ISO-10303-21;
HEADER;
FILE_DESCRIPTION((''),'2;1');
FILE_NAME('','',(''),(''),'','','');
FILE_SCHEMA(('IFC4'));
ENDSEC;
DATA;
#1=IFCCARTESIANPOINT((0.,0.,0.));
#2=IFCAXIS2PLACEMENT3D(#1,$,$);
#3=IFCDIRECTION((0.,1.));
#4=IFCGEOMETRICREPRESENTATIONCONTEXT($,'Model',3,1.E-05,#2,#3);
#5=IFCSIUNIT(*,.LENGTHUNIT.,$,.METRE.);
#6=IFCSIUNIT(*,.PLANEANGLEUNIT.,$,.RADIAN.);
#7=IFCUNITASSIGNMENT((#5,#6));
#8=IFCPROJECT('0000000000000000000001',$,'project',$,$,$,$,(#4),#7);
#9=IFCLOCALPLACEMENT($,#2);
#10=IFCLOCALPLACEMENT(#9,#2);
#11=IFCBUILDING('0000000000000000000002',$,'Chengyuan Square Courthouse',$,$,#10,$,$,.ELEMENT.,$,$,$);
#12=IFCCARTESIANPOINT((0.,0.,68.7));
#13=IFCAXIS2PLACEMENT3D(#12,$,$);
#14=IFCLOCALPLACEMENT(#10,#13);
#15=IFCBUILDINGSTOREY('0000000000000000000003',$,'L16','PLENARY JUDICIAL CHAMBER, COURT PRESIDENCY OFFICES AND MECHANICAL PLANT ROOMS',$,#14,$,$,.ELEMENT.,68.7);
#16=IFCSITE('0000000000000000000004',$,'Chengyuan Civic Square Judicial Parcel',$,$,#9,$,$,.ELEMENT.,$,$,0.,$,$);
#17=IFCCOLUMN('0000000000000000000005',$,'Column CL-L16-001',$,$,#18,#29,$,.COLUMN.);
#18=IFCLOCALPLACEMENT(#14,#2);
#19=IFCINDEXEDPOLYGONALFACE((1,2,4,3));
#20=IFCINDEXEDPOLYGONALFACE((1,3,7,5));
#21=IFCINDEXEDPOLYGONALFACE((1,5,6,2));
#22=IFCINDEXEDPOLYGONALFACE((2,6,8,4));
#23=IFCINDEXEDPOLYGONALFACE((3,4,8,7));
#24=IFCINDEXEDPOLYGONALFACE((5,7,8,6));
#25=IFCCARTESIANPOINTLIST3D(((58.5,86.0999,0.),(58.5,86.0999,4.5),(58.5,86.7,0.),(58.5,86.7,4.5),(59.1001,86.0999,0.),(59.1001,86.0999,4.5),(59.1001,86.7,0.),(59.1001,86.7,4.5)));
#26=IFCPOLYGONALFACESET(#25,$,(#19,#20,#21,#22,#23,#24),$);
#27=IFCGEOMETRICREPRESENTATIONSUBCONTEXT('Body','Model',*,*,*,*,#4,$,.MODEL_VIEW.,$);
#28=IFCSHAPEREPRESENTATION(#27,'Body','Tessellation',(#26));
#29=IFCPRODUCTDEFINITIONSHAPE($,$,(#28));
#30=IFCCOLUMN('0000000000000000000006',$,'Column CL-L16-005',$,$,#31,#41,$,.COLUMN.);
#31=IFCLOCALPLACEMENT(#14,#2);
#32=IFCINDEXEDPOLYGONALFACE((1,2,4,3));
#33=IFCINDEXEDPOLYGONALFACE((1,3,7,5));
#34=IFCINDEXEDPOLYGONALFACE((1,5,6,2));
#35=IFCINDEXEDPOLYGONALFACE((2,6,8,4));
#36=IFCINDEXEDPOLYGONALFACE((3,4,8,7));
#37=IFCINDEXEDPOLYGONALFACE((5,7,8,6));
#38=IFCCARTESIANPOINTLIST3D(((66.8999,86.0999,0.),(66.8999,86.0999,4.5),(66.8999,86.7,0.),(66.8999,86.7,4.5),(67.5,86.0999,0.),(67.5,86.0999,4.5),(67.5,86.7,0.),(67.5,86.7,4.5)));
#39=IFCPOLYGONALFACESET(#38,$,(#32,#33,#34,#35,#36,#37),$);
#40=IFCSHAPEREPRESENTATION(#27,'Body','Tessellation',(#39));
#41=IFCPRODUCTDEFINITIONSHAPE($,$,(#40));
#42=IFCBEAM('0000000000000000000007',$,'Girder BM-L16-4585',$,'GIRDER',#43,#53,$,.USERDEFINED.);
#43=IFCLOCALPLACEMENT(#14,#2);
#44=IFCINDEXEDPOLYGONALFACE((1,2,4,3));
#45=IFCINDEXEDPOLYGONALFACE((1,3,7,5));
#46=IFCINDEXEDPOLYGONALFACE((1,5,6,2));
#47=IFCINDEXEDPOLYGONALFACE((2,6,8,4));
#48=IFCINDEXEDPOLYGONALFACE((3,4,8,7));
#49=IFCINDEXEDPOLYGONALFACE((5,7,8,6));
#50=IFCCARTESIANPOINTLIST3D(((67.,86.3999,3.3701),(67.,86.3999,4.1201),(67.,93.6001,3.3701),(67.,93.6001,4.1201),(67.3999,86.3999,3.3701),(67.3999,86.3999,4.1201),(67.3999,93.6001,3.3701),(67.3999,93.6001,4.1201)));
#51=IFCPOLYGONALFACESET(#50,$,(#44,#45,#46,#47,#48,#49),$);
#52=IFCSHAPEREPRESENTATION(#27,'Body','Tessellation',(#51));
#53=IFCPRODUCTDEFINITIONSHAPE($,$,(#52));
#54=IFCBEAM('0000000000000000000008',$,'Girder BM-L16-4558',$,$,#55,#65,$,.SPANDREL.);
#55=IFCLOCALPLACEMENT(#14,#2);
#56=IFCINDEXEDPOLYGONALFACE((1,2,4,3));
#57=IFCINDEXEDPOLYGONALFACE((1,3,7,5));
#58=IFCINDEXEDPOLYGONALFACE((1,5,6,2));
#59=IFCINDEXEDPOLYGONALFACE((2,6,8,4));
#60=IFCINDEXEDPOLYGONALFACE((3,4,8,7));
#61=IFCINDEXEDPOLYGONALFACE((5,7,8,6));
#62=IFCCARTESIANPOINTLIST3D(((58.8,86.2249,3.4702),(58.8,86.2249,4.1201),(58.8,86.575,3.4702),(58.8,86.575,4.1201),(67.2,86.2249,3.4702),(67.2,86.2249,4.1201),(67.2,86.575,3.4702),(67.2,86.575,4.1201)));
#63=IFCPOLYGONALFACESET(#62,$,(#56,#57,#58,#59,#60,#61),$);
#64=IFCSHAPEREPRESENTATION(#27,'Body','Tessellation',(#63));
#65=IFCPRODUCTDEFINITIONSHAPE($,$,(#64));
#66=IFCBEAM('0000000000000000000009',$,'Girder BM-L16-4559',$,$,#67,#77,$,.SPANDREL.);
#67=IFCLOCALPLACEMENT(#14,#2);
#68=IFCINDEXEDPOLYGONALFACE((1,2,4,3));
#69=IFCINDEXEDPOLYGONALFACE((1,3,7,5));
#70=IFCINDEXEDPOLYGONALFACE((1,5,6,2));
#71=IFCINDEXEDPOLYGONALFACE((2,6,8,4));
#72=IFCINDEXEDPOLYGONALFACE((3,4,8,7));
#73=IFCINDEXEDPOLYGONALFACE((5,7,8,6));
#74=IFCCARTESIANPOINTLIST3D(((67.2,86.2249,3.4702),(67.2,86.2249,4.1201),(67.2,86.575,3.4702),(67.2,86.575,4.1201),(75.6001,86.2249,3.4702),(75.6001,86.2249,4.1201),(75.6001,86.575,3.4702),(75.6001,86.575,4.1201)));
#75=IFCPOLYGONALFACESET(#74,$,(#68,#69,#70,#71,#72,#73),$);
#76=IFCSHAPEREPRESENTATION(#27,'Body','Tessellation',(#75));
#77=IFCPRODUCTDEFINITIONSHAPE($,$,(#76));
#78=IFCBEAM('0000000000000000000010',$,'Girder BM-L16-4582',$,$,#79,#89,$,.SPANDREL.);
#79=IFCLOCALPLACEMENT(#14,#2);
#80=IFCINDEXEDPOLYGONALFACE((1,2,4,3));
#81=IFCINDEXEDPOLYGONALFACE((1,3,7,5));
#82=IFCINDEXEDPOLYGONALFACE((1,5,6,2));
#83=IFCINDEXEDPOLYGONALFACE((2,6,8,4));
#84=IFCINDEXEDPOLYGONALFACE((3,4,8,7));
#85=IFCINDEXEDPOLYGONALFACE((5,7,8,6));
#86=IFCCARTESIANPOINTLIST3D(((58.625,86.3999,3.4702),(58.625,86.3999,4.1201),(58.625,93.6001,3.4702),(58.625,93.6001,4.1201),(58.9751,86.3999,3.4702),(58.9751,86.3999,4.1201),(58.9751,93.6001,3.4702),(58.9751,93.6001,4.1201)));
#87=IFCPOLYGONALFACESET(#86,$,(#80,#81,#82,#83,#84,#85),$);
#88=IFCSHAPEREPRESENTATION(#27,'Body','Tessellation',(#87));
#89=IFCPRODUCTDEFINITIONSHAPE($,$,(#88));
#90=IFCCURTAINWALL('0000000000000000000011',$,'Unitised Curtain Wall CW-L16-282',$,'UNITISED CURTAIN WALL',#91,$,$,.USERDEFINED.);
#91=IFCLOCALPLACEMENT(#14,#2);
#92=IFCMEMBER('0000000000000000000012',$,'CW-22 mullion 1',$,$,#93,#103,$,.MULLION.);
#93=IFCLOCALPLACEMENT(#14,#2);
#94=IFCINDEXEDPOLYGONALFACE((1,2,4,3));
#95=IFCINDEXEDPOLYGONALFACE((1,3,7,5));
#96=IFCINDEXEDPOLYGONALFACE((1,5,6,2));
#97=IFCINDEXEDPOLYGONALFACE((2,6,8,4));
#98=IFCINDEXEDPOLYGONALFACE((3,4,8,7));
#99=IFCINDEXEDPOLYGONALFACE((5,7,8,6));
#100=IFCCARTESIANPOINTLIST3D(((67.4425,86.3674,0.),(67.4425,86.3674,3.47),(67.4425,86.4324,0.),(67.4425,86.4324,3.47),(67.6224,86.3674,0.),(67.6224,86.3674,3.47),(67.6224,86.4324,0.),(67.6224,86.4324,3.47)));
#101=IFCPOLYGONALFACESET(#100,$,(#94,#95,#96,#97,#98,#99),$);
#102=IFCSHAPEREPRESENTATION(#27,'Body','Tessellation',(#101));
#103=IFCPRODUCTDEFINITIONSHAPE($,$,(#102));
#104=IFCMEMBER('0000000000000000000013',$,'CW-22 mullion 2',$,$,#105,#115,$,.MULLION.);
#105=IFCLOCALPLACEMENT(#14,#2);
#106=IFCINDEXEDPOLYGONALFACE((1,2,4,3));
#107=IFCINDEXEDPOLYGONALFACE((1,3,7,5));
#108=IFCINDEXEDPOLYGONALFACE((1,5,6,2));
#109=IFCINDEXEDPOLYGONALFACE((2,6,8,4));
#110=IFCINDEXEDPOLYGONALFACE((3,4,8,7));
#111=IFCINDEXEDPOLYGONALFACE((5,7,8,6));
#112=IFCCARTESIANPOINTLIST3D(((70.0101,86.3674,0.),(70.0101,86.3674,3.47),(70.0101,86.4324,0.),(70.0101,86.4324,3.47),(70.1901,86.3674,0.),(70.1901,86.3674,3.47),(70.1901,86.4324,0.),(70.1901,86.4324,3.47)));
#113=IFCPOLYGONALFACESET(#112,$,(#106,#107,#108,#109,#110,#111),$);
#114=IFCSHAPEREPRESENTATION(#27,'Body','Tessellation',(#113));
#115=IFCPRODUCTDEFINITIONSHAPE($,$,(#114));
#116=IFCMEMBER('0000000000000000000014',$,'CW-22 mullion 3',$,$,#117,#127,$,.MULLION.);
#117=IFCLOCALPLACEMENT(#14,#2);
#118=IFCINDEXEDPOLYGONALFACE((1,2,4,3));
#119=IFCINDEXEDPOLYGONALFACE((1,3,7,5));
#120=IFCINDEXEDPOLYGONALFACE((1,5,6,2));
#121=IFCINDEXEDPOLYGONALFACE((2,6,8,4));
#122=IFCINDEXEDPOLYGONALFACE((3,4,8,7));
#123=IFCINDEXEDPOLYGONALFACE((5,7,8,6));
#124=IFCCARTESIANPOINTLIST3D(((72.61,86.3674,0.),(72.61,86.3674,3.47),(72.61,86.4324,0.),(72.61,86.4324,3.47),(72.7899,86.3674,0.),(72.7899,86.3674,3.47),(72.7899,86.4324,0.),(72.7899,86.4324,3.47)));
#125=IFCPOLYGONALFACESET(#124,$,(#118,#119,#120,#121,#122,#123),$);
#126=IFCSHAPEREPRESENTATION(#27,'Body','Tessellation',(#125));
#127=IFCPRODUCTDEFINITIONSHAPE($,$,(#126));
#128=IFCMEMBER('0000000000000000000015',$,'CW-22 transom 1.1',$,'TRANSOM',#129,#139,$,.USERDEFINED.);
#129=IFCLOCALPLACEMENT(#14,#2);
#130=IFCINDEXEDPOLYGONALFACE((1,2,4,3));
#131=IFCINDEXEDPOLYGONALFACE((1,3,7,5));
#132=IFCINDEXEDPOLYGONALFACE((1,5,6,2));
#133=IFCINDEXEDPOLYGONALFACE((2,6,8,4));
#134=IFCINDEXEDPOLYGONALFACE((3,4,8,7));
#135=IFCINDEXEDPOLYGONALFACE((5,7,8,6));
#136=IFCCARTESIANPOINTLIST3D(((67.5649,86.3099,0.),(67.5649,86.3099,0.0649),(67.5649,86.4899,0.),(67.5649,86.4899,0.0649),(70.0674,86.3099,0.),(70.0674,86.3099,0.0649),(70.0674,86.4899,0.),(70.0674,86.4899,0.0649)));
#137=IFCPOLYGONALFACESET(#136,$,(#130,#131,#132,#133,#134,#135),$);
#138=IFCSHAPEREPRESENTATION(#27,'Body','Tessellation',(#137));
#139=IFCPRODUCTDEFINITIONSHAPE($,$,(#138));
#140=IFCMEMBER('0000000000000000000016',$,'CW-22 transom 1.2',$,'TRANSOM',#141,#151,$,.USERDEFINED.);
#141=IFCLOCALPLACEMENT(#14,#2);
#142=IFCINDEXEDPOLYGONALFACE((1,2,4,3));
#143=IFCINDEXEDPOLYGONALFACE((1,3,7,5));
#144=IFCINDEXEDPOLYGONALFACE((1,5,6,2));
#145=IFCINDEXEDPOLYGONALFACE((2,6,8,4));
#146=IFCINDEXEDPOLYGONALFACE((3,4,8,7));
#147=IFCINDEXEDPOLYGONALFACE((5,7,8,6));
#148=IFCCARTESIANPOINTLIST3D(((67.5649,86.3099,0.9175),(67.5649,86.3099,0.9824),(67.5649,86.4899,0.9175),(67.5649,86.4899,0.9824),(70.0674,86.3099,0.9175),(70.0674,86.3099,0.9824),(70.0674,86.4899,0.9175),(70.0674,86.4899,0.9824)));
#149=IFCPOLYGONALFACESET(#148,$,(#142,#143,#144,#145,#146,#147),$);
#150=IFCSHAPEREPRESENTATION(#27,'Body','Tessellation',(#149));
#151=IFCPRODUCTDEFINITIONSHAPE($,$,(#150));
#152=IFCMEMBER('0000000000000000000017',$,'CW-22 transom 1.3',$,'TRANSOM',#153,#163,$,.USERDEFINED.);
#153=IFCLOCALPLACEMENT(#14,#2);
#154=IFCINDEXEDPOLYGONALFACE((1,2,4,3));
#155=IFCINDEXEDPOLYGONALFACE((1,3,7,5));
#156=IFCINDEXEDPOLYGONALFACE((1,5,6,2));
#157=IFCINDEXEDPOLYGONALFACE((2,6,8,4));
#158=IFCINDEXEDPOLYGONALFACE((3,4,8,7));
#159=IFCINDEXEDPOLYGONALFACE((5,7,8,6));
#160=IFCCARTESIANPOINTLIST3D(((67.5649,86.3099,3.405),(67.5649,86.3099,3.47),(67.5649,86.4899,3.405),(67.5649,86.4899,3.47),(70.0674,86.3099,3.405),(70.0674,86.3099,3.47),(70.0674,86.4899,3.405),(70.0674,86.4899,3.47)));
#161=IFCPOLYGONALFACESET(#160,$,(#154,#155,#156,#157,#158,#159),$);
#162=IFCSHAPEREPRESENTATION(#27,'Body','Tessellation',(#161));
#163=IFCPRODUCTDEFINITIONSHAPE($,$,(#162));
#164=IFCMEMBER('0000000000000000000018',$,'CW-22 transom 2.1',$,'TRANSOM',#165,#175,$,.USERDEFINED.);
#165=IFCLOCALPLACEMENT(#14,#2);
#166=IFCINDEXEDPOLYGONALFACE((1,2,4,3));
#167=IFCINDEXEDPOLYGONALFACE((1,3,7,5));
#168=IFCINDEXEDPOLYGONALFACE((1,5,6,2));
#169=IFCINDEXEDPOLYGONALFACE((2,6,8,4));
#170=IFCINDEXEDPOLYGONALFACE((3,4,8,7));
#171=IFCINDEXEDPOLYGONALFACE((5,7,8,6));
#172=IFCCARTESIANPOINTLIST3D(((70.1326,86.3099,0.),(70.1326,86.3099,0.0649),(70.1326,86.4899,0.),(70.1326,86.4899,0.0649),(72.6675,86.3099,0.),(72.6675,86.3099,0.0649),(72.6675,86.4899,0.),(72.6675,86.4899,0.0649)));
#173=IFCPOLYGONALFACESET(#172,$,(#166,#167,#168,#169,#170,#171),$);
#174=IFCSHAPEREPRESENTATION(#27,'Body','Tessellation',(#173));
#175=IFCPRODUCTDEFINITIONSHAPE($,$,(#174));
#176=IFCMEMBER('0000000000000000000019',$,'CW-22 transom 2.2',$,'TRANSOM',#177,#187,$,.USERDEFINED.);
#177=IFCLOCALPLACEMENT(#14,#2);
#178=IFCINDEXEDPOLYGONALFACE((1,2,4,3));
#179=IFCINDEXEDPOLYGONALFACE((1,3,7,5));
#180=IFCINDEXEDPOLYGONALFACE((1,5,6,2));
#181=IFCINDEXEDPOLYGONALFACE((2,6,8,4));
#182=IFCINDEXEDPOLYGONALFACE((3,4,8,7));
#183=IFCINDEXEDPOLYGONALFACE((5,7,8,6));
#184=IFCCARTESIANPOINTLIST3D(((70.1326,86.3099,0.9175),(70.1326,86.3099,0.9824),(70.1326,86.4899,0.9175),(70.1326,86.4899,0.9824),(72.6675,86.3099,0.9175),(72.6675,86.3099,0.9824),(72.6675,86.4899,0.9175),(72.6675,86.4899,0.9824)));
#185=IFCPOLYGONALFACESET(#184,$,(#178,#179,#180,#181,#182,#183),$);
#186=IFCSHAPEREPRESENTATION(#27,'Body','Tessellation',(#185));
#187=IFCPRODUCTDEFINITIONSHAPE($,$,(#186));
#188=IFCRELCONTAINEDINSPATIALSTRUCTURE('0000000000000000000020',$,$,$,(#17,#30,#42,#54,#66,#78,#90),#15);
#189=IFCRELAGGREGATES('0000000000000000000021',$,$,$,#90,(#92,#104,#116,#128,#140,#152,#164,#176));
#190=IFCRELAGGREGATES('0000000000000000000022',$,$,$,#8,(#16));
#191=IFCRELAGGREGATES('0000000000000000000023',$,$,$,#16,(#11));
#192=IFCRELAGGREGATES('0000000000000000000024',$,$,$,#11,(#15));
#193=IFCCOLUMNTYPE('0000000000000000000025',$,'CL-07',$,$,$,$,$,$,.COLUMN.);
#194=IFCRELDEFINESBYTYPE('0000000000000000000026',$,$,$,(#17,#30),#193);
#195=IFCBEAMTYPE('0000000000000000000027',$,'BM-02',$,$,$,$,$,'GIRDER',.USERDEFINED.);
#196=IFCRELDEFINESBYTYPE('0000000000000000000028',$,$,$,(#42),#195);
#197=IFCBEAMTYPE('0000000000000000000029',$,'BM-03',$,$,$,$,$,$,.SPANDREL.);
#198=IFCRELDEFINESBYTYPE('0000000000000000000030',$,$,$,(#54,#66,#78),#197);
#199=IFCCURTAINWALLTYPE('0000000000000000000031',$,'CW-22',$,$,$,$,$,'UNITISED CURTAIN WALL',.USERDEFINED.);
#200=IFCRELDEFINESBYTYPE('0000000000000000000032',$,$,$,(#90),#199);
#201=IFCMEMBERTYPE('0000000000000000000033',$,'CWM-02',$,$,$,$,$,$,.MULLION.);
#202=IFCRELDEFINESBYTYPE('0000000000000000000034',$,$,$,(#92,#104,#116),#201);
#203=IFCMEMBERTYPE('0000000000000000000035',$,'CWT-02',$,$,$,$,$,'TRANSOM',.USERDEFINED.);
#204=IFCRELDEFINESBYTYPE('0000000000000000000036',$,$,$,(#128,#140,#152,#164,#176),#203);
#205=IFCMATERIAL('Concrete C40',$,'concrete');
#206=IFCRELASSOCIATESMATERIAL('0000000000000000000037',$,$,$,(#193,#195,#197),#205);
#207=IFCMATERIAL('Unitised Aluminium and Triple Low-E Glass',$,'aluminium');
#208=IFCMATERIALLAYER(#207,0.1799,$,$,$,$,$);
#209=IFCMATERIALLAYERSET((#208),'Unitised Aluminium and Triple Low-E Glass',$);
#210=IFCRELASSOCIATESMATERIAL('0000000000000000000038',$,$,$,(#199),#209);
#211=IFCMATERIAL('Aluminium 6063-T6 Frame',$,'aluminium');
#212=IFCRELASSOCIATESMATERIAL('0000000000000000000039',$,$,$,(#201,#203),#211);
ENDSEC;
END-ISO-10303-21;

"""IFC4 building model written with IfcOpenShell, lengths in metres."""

from ifc_helpers import new_model, si_unit, direction, frame, origin, origin_2d, place, context, subcontext, project, spatial, rectangle, extrude, material, layer, layer_set, material_profile, profile_set, type_object, element, aggregate, save


model = new_model("IFC4")

# Units and contexts
model_context = context("Model", 3, precision=1e-05, world=origin(), true_north=direction((0.0, 1.0)))
body_context = subcontext(model_context, "Body", "Model", "MODEL_VIEW")
ifc_project = project(units=[si_unit("LENGTHUNIT", "METRE"), si_unit("PLANEANGLEUNIT", "RADIAN")], contexts=[model_context])

# Site, building, storey
site_placement = place(None, origin())
site = spatial("IfcSite", under=ifc_project, at=site_placement, Name="Chengyuan Civic Square Judicial Parcel", CompositionType="ELEMENT", RefElevation=0.0)
building_placement = place(site_placement, origin())
building = spatial("IfcBuilding", under=site, at=building_placement, Name="Chengyuan Square Courthouse", CompositionType="ELEMENT")
storey_placement = place(building_placement, frame((0.0, 0.0, 68.7)))
storey = spatial("IfcBuildingStorey", under=building, at=storey_placement, Name="L16", Description="PLENARY JUDICIAL CHAMBER, COURT PRESIDENCY OFFICES AND MECHANICAL PLANT ROOMS", CompositionType="ELEMENT", Elevation=68.7)

# Columns
ifc_material_1 = material(Name="Concrete C40", Category="concrete")
ifc_material_profile_1 = material_profile(ifc_material_1, rectangle(XDim=0.6001, YDim=0.6001, at=origin_2d()), Name="RC-COL-600x600")
ifc_profile_set_1 = profile_set([ifc_material_profile_1], Name="Concrete C40")
column_type = type_object("IfcColumnType", Name="CL-07", PredefinedType="COLUMN", material=ifc_profile_set_1)
for number, where, z_axis, x_axis, name in (
    (1, (58.8, 86.3999, 0.0), (0.0, 0.0, 1.0), (1.0, 0.0, 0.0), "Column CL-L16-001"),
    (2, (67.2, 86.3999, 0.0), (0.0, 0.0, 1.0), (1.0, 0.0, 0.0), "Column CL-L16-005"),
):
    element("IfcColumn", number, at=place(storey_placement, frame(where, z_axis=z_axis, x_axis=x_axis)), inside=storey, type_object=column_type, Name=name, PredefinedType="COLUMN", context=body_context, shape_type="SweptSolid", body=[
        extrude(rectangle(XDim=0.6001, YDim=0.6001, at=origin_2d()), origin(), (0.0, 0.0, 1.0), 4.5),
    ])

# Beams
ifc_material_profile_2 = material_profile(ifc_material_1, rectangle(XDim=0.3999, YDim=0.75, at=origin_2d()), Name="RC-BM-400x750")
ifc_profile_set_2 = profile_set([ifc_material_profile_2], Name="Concrete C40")
beam_type_1 = type_object("IfcBeamType", Name="BM-02", ElementType="GIRDER", PredefinedType="USERDEFINED", material=ifc_profile_set_2)
beam_1_placement = place(storey_placement, frame((67.2, 86.3999, 3.7451), z_axis=(0.0, 1.0, 0.0), x_axis=(-1.0, 0.0, 0.0)))
element("IfcBeam", 3, at=beam_1_placement, inside=storey, type_object=beam_type_1, Name="Girder BM-L16-4585", ObjectType="GIRDER", PredefinedType="USERDEFINED", context=body_context, shape_type="SweptSolid", body=[
    extrude(rectangle(XDim=0.3999, YDim=0.75, at=origin_2d()), origin(), (0.0, 0.0, 1.0), 7.2002),
])
ifc_material_profile_3 = material_profile(ifc_material_1, rectangle(XDim=0.3501, YDim=0.6499, at=origin_2d()), Name="RC-BM-350x650")
ifc_profile_set_3 = profile_set([ifc_material_profile_3], Name="Concrete C40")
beam_type_2 = type_object("IfcBeamType", Name="BM-03", PredefinedType="SPANDREL", material=ifc_profile_set_3)
beam_2_placement = place(storey_placement, frame((58.8, 86.3999, 3.7952), z_axis=(1.0, 0.0, 0.0), x_axis=(0.0, 1.0, 0.0)))
element("IfcBeam", 4, at=beam_2_placement, inside=storey, type_object=beam_type_2, Name="Girder BM-L16-4558", PredefinedType="SPANDREL", context=body_context, shape_type="SweptSolid", body=[
    extrude(rectangle(XDim=0.3501, YDim=0.6499, at=origin_2d()), origin(), (0.0, 0.0, 1.0), 8.3999),
])
beam_3_placement = place(storey_placement, frame((67.2, 86.3999, 3.7952), z_axis=(1.0, 0.0, 0.0), x_axis=(0.0, 1.0, 0.0)))
element("IfcBeam", 5, at=beam_3_placement, inside=storey, type_object=beam_type_2, Name="Girder BM-L16-4559", PredefinedType="SPANDREL", context=body_context, shape_type="SweptSolid", body=[
    extrude(rectangle(XDim=0.3501, YDim=0.6499, at=origin_2d()), origin(), (0.0, 0.0, 1.0), 8.4001),
])
beam_4_placement = place(storey_placement, frame((58.8, 86.3999, 3.7952), z_axis=(0.0, 1.0, 0.0), x_axis=(-1.0, 0.0, 0.0)))
element("IfcBeam", 6, at=beam_4_placement, inside=storey, type_object=beam_type_2, Name="Girder BM-L16-4582", PredefinedType="SPANDREL", context=body_context, shape_type="SweptSolid", body=[
    extrude(rectangle(XDim=0.3501, YDim=0.6499, at=origin_2d()), origin(), (0.0, 0.0, 1.0), 7.2002),
])

# Curtain wall, members
ifc_material_2 = material(Name="Unitised Aluminium and Triple Low-E Glass", Category="aluminium")
ifc_layer_1 = layer(ifc_material_2, 0.1799)
ifc_layer_set_1 = layer_set([ifc_layer_1], Name="Unitised Aluminium and Triple Low-E Glass")
curtain_wall_type = type_object("IfcCurtainWallType", Name="CW-22", ElementType="UNITISED CURTAIN WALL", PredefinedType="USERDEFINED", material=ifc_layer_set_1)
curtain_wall_placement = place(storey_placement, origin())
curtain_wall = element("IfcCurtainWall", 7, at=curtain_wall_placement, inside=storey, type_object=curtain_wall_type, Name="Unitised Curtain Wall CW-L16-282", ObjectType="UNITISED CURTAIN WALL", PredefinedType="USERDEFINED")
ifc_material_3 = material(Name="Aluminium 6063-T6 Frame", Category="aluminium")
ifc_material_profile_4 = material_profile(ifc_material_3, rectangle(XDim=0.0649, YDim=0.1799, at=origin_2d()), Name="CW-MUL-65x180")
ifc_profile_set_4 = profile_set([ifc_material_profile_4], Name="Aluminium 6063-T6 Frame")
member_type_1 = type_object("IfcMemberType", Name="CWM-02", PredefinedType="MULLION", material=ifc_profile_set_4)
member_1_placement = place(storey_placement, frame((67.5325, 86.3999, 0.0), z_axis=(0.0, 0.0, 1.0), x_axis=(0.0, 1.0, 0.0)))
member_1 = element("IfcMember", 8, at=member_1_placement, type_object=member_type_1, Name="CW-22 mullion 1", PredefinedType="MULLION", context=body_context, shape_type="SweptSolid", body=[
    extrude(rectangle(XDim=0.0649, YDim=0.1799, at=origin_2d()), origin(), (0.0, 0.0, 1.0), 3.47),
])
member_2_placement = place(storey_placement, frame((70.1001, 86.3999, 0.0), z_axis=(0.0, 0.0, 1.0), x_axis=(0.0, 1.0, 0.0)))
member_2 = element("IfcMember", 9, at=member_2_placement, type_object=member_type_1, Name="CW-22 mullion 2", PredefinedType="MULLION", context=body_context, shape_type="SweptSolid", body=[
    extrude(rectangle(XDim=0.0649, YDim=0.1799, at=origin_2d()), origin(), (0.0, 0.0, 1.0), 3.47),
])
member_3_placement = place(storey_placement, frame((72.7, 86.3999, 0.0), z_axis=(0.0, 0.0, 1.0), x_axis=(0.0, 1.0, 0.0)))
member_3 = element("IfcMember", 10, at=member_3_placement, type_object=member_type_1, Name="CW-22 mullion 3", PredefinedType="MULLION", context=body_context, shape_type="SweptSolid", body=[
    extrude(rectangle(XDim=0.0649, YDim=0.1799, at=origin_2d()), origin(), (0.0, 0.0, 1.0), 3.47),
])
ifc_material_profile_5 = material_profile(ifc_material_3, rectangle(XDim=0.1799, YDim=0.0649, at=origin_2d()), Name="CW-TRN-65x140")
ifc_profile_set_5 = profile_set([ifc_material_profile_5], Name="Aluminium 6063-T6 Frame")
member_type_2 = type_object("IfcMemberType", Name="CWT-02", ElementType="TRANSOM", PredefinedType="USERDEFINED", material=ifc_profile_set_5)
member_4_placement = place(storey_placement, frame((67.5649, 86.3999, 0.0325), z_axis=(1.0, 0.0, 0.0), x_axis=(0.0, 1.0, 0.0)))
member_4 = element("IfcMember", 11, at=member_4_placement, type_object=member_type_2, Name="CW-22 transom 1.1", ObjectType="TRANSOM", PredefinedType="USERDEFINED", context=body_context, shape_type="SweptSolid", body=[
    extrude(rectangle(XDim=0.1799, YDim=0.0649, at=origin_2d()), origin(), (0.0, 0.0, 1.0), 2.5024),
])
member_5_placement = place(storey_placement, frame((67.5649, 86.3999, 0.95), z_axis=(1.0, 0.0, 0.0), x_axis=(0.0, 1.0, 0.0)))
member_5 = element("IfcMember", 12, at=member_5_placement, type_object=member_type_2, Name="CW-22 transom 1.2", ObjectType="TRANSOM", PredefinedType="USERDEFINED", context=body_context, shape_type="SweptSolid", body=[
    extrude(rectangle(XDim=0.1799, YDim=0.0649, at=origin_2d()), origin(), (0.0, 0.0, 1.0), 2.5024),
])
member_6_placement = place(storey_placement, frame((67.5649, 86.3999, 3.4375), z_axis=(1.0, 0.0, 0.0), x_axis=(0.0, 1.0, 0.0)))
member_6 = element("IfcMember", 13, at=member_6_placement, type_object=member_type_2, Name="CW-22 transom 1.3", ObjectType="TRANSOM", PredefinedType="USERDEFINED", context=body_context, shape_type="SweptSolid", body=[
    extrude(rectangle(XDim=0.1799, YDim=0.0649, at=origin_2d()), origin(), (0.0, 0.0, 1.0), 2.5024),
])
member_7_placement = place(storey_placement, frame((70.1326, 86.3999, 0.0325), z_axis=(1.0, 0.0, 0.0), x_axis=(0.0, 1.0, 0.0)))
member_7 = element("IfcMember", 14, at=member_7_placement, type_object=member_type_2, Name="CW-22 transom 2.1", ObjectType="TRANSOM", PredefinedType="USERDEFINED", context=body_context, shape_type="SweptSolid", body=[
    extrude(rectangle(XDim=0.1799, YDim=0.0649, at=origin_2d()), origin(), (0.0, 0.0, 1.0), 2.5349),
])
member_8_placement = place(storey_placement, frame((70.1326, 86.3999, 0.95), z_axis=(1.0, 0.0, 0.0), x_axis=(0.0, 1.0, 0.0)))
member_8 = element("IfcMember", 15, at=member_8_placement, type_object=member_type_2, Name="CW-22 transom 2.2", ObjectType="TRANSOM", PredefinedType="USERDEFINED", context=body_context, shape_type="SweptSolid", body=[
    extrude(rectangle(XDim=0.1799, YDim=0.0649, at=origin_2d()), origin(), (0.0, 0.0, 1.0), 2.5349),
])
aggregate(curtain_wall, [member_1, member_2, member_3, member_4, member_5, member_6, member_7, member_8])

save(model, "model.ifc")
